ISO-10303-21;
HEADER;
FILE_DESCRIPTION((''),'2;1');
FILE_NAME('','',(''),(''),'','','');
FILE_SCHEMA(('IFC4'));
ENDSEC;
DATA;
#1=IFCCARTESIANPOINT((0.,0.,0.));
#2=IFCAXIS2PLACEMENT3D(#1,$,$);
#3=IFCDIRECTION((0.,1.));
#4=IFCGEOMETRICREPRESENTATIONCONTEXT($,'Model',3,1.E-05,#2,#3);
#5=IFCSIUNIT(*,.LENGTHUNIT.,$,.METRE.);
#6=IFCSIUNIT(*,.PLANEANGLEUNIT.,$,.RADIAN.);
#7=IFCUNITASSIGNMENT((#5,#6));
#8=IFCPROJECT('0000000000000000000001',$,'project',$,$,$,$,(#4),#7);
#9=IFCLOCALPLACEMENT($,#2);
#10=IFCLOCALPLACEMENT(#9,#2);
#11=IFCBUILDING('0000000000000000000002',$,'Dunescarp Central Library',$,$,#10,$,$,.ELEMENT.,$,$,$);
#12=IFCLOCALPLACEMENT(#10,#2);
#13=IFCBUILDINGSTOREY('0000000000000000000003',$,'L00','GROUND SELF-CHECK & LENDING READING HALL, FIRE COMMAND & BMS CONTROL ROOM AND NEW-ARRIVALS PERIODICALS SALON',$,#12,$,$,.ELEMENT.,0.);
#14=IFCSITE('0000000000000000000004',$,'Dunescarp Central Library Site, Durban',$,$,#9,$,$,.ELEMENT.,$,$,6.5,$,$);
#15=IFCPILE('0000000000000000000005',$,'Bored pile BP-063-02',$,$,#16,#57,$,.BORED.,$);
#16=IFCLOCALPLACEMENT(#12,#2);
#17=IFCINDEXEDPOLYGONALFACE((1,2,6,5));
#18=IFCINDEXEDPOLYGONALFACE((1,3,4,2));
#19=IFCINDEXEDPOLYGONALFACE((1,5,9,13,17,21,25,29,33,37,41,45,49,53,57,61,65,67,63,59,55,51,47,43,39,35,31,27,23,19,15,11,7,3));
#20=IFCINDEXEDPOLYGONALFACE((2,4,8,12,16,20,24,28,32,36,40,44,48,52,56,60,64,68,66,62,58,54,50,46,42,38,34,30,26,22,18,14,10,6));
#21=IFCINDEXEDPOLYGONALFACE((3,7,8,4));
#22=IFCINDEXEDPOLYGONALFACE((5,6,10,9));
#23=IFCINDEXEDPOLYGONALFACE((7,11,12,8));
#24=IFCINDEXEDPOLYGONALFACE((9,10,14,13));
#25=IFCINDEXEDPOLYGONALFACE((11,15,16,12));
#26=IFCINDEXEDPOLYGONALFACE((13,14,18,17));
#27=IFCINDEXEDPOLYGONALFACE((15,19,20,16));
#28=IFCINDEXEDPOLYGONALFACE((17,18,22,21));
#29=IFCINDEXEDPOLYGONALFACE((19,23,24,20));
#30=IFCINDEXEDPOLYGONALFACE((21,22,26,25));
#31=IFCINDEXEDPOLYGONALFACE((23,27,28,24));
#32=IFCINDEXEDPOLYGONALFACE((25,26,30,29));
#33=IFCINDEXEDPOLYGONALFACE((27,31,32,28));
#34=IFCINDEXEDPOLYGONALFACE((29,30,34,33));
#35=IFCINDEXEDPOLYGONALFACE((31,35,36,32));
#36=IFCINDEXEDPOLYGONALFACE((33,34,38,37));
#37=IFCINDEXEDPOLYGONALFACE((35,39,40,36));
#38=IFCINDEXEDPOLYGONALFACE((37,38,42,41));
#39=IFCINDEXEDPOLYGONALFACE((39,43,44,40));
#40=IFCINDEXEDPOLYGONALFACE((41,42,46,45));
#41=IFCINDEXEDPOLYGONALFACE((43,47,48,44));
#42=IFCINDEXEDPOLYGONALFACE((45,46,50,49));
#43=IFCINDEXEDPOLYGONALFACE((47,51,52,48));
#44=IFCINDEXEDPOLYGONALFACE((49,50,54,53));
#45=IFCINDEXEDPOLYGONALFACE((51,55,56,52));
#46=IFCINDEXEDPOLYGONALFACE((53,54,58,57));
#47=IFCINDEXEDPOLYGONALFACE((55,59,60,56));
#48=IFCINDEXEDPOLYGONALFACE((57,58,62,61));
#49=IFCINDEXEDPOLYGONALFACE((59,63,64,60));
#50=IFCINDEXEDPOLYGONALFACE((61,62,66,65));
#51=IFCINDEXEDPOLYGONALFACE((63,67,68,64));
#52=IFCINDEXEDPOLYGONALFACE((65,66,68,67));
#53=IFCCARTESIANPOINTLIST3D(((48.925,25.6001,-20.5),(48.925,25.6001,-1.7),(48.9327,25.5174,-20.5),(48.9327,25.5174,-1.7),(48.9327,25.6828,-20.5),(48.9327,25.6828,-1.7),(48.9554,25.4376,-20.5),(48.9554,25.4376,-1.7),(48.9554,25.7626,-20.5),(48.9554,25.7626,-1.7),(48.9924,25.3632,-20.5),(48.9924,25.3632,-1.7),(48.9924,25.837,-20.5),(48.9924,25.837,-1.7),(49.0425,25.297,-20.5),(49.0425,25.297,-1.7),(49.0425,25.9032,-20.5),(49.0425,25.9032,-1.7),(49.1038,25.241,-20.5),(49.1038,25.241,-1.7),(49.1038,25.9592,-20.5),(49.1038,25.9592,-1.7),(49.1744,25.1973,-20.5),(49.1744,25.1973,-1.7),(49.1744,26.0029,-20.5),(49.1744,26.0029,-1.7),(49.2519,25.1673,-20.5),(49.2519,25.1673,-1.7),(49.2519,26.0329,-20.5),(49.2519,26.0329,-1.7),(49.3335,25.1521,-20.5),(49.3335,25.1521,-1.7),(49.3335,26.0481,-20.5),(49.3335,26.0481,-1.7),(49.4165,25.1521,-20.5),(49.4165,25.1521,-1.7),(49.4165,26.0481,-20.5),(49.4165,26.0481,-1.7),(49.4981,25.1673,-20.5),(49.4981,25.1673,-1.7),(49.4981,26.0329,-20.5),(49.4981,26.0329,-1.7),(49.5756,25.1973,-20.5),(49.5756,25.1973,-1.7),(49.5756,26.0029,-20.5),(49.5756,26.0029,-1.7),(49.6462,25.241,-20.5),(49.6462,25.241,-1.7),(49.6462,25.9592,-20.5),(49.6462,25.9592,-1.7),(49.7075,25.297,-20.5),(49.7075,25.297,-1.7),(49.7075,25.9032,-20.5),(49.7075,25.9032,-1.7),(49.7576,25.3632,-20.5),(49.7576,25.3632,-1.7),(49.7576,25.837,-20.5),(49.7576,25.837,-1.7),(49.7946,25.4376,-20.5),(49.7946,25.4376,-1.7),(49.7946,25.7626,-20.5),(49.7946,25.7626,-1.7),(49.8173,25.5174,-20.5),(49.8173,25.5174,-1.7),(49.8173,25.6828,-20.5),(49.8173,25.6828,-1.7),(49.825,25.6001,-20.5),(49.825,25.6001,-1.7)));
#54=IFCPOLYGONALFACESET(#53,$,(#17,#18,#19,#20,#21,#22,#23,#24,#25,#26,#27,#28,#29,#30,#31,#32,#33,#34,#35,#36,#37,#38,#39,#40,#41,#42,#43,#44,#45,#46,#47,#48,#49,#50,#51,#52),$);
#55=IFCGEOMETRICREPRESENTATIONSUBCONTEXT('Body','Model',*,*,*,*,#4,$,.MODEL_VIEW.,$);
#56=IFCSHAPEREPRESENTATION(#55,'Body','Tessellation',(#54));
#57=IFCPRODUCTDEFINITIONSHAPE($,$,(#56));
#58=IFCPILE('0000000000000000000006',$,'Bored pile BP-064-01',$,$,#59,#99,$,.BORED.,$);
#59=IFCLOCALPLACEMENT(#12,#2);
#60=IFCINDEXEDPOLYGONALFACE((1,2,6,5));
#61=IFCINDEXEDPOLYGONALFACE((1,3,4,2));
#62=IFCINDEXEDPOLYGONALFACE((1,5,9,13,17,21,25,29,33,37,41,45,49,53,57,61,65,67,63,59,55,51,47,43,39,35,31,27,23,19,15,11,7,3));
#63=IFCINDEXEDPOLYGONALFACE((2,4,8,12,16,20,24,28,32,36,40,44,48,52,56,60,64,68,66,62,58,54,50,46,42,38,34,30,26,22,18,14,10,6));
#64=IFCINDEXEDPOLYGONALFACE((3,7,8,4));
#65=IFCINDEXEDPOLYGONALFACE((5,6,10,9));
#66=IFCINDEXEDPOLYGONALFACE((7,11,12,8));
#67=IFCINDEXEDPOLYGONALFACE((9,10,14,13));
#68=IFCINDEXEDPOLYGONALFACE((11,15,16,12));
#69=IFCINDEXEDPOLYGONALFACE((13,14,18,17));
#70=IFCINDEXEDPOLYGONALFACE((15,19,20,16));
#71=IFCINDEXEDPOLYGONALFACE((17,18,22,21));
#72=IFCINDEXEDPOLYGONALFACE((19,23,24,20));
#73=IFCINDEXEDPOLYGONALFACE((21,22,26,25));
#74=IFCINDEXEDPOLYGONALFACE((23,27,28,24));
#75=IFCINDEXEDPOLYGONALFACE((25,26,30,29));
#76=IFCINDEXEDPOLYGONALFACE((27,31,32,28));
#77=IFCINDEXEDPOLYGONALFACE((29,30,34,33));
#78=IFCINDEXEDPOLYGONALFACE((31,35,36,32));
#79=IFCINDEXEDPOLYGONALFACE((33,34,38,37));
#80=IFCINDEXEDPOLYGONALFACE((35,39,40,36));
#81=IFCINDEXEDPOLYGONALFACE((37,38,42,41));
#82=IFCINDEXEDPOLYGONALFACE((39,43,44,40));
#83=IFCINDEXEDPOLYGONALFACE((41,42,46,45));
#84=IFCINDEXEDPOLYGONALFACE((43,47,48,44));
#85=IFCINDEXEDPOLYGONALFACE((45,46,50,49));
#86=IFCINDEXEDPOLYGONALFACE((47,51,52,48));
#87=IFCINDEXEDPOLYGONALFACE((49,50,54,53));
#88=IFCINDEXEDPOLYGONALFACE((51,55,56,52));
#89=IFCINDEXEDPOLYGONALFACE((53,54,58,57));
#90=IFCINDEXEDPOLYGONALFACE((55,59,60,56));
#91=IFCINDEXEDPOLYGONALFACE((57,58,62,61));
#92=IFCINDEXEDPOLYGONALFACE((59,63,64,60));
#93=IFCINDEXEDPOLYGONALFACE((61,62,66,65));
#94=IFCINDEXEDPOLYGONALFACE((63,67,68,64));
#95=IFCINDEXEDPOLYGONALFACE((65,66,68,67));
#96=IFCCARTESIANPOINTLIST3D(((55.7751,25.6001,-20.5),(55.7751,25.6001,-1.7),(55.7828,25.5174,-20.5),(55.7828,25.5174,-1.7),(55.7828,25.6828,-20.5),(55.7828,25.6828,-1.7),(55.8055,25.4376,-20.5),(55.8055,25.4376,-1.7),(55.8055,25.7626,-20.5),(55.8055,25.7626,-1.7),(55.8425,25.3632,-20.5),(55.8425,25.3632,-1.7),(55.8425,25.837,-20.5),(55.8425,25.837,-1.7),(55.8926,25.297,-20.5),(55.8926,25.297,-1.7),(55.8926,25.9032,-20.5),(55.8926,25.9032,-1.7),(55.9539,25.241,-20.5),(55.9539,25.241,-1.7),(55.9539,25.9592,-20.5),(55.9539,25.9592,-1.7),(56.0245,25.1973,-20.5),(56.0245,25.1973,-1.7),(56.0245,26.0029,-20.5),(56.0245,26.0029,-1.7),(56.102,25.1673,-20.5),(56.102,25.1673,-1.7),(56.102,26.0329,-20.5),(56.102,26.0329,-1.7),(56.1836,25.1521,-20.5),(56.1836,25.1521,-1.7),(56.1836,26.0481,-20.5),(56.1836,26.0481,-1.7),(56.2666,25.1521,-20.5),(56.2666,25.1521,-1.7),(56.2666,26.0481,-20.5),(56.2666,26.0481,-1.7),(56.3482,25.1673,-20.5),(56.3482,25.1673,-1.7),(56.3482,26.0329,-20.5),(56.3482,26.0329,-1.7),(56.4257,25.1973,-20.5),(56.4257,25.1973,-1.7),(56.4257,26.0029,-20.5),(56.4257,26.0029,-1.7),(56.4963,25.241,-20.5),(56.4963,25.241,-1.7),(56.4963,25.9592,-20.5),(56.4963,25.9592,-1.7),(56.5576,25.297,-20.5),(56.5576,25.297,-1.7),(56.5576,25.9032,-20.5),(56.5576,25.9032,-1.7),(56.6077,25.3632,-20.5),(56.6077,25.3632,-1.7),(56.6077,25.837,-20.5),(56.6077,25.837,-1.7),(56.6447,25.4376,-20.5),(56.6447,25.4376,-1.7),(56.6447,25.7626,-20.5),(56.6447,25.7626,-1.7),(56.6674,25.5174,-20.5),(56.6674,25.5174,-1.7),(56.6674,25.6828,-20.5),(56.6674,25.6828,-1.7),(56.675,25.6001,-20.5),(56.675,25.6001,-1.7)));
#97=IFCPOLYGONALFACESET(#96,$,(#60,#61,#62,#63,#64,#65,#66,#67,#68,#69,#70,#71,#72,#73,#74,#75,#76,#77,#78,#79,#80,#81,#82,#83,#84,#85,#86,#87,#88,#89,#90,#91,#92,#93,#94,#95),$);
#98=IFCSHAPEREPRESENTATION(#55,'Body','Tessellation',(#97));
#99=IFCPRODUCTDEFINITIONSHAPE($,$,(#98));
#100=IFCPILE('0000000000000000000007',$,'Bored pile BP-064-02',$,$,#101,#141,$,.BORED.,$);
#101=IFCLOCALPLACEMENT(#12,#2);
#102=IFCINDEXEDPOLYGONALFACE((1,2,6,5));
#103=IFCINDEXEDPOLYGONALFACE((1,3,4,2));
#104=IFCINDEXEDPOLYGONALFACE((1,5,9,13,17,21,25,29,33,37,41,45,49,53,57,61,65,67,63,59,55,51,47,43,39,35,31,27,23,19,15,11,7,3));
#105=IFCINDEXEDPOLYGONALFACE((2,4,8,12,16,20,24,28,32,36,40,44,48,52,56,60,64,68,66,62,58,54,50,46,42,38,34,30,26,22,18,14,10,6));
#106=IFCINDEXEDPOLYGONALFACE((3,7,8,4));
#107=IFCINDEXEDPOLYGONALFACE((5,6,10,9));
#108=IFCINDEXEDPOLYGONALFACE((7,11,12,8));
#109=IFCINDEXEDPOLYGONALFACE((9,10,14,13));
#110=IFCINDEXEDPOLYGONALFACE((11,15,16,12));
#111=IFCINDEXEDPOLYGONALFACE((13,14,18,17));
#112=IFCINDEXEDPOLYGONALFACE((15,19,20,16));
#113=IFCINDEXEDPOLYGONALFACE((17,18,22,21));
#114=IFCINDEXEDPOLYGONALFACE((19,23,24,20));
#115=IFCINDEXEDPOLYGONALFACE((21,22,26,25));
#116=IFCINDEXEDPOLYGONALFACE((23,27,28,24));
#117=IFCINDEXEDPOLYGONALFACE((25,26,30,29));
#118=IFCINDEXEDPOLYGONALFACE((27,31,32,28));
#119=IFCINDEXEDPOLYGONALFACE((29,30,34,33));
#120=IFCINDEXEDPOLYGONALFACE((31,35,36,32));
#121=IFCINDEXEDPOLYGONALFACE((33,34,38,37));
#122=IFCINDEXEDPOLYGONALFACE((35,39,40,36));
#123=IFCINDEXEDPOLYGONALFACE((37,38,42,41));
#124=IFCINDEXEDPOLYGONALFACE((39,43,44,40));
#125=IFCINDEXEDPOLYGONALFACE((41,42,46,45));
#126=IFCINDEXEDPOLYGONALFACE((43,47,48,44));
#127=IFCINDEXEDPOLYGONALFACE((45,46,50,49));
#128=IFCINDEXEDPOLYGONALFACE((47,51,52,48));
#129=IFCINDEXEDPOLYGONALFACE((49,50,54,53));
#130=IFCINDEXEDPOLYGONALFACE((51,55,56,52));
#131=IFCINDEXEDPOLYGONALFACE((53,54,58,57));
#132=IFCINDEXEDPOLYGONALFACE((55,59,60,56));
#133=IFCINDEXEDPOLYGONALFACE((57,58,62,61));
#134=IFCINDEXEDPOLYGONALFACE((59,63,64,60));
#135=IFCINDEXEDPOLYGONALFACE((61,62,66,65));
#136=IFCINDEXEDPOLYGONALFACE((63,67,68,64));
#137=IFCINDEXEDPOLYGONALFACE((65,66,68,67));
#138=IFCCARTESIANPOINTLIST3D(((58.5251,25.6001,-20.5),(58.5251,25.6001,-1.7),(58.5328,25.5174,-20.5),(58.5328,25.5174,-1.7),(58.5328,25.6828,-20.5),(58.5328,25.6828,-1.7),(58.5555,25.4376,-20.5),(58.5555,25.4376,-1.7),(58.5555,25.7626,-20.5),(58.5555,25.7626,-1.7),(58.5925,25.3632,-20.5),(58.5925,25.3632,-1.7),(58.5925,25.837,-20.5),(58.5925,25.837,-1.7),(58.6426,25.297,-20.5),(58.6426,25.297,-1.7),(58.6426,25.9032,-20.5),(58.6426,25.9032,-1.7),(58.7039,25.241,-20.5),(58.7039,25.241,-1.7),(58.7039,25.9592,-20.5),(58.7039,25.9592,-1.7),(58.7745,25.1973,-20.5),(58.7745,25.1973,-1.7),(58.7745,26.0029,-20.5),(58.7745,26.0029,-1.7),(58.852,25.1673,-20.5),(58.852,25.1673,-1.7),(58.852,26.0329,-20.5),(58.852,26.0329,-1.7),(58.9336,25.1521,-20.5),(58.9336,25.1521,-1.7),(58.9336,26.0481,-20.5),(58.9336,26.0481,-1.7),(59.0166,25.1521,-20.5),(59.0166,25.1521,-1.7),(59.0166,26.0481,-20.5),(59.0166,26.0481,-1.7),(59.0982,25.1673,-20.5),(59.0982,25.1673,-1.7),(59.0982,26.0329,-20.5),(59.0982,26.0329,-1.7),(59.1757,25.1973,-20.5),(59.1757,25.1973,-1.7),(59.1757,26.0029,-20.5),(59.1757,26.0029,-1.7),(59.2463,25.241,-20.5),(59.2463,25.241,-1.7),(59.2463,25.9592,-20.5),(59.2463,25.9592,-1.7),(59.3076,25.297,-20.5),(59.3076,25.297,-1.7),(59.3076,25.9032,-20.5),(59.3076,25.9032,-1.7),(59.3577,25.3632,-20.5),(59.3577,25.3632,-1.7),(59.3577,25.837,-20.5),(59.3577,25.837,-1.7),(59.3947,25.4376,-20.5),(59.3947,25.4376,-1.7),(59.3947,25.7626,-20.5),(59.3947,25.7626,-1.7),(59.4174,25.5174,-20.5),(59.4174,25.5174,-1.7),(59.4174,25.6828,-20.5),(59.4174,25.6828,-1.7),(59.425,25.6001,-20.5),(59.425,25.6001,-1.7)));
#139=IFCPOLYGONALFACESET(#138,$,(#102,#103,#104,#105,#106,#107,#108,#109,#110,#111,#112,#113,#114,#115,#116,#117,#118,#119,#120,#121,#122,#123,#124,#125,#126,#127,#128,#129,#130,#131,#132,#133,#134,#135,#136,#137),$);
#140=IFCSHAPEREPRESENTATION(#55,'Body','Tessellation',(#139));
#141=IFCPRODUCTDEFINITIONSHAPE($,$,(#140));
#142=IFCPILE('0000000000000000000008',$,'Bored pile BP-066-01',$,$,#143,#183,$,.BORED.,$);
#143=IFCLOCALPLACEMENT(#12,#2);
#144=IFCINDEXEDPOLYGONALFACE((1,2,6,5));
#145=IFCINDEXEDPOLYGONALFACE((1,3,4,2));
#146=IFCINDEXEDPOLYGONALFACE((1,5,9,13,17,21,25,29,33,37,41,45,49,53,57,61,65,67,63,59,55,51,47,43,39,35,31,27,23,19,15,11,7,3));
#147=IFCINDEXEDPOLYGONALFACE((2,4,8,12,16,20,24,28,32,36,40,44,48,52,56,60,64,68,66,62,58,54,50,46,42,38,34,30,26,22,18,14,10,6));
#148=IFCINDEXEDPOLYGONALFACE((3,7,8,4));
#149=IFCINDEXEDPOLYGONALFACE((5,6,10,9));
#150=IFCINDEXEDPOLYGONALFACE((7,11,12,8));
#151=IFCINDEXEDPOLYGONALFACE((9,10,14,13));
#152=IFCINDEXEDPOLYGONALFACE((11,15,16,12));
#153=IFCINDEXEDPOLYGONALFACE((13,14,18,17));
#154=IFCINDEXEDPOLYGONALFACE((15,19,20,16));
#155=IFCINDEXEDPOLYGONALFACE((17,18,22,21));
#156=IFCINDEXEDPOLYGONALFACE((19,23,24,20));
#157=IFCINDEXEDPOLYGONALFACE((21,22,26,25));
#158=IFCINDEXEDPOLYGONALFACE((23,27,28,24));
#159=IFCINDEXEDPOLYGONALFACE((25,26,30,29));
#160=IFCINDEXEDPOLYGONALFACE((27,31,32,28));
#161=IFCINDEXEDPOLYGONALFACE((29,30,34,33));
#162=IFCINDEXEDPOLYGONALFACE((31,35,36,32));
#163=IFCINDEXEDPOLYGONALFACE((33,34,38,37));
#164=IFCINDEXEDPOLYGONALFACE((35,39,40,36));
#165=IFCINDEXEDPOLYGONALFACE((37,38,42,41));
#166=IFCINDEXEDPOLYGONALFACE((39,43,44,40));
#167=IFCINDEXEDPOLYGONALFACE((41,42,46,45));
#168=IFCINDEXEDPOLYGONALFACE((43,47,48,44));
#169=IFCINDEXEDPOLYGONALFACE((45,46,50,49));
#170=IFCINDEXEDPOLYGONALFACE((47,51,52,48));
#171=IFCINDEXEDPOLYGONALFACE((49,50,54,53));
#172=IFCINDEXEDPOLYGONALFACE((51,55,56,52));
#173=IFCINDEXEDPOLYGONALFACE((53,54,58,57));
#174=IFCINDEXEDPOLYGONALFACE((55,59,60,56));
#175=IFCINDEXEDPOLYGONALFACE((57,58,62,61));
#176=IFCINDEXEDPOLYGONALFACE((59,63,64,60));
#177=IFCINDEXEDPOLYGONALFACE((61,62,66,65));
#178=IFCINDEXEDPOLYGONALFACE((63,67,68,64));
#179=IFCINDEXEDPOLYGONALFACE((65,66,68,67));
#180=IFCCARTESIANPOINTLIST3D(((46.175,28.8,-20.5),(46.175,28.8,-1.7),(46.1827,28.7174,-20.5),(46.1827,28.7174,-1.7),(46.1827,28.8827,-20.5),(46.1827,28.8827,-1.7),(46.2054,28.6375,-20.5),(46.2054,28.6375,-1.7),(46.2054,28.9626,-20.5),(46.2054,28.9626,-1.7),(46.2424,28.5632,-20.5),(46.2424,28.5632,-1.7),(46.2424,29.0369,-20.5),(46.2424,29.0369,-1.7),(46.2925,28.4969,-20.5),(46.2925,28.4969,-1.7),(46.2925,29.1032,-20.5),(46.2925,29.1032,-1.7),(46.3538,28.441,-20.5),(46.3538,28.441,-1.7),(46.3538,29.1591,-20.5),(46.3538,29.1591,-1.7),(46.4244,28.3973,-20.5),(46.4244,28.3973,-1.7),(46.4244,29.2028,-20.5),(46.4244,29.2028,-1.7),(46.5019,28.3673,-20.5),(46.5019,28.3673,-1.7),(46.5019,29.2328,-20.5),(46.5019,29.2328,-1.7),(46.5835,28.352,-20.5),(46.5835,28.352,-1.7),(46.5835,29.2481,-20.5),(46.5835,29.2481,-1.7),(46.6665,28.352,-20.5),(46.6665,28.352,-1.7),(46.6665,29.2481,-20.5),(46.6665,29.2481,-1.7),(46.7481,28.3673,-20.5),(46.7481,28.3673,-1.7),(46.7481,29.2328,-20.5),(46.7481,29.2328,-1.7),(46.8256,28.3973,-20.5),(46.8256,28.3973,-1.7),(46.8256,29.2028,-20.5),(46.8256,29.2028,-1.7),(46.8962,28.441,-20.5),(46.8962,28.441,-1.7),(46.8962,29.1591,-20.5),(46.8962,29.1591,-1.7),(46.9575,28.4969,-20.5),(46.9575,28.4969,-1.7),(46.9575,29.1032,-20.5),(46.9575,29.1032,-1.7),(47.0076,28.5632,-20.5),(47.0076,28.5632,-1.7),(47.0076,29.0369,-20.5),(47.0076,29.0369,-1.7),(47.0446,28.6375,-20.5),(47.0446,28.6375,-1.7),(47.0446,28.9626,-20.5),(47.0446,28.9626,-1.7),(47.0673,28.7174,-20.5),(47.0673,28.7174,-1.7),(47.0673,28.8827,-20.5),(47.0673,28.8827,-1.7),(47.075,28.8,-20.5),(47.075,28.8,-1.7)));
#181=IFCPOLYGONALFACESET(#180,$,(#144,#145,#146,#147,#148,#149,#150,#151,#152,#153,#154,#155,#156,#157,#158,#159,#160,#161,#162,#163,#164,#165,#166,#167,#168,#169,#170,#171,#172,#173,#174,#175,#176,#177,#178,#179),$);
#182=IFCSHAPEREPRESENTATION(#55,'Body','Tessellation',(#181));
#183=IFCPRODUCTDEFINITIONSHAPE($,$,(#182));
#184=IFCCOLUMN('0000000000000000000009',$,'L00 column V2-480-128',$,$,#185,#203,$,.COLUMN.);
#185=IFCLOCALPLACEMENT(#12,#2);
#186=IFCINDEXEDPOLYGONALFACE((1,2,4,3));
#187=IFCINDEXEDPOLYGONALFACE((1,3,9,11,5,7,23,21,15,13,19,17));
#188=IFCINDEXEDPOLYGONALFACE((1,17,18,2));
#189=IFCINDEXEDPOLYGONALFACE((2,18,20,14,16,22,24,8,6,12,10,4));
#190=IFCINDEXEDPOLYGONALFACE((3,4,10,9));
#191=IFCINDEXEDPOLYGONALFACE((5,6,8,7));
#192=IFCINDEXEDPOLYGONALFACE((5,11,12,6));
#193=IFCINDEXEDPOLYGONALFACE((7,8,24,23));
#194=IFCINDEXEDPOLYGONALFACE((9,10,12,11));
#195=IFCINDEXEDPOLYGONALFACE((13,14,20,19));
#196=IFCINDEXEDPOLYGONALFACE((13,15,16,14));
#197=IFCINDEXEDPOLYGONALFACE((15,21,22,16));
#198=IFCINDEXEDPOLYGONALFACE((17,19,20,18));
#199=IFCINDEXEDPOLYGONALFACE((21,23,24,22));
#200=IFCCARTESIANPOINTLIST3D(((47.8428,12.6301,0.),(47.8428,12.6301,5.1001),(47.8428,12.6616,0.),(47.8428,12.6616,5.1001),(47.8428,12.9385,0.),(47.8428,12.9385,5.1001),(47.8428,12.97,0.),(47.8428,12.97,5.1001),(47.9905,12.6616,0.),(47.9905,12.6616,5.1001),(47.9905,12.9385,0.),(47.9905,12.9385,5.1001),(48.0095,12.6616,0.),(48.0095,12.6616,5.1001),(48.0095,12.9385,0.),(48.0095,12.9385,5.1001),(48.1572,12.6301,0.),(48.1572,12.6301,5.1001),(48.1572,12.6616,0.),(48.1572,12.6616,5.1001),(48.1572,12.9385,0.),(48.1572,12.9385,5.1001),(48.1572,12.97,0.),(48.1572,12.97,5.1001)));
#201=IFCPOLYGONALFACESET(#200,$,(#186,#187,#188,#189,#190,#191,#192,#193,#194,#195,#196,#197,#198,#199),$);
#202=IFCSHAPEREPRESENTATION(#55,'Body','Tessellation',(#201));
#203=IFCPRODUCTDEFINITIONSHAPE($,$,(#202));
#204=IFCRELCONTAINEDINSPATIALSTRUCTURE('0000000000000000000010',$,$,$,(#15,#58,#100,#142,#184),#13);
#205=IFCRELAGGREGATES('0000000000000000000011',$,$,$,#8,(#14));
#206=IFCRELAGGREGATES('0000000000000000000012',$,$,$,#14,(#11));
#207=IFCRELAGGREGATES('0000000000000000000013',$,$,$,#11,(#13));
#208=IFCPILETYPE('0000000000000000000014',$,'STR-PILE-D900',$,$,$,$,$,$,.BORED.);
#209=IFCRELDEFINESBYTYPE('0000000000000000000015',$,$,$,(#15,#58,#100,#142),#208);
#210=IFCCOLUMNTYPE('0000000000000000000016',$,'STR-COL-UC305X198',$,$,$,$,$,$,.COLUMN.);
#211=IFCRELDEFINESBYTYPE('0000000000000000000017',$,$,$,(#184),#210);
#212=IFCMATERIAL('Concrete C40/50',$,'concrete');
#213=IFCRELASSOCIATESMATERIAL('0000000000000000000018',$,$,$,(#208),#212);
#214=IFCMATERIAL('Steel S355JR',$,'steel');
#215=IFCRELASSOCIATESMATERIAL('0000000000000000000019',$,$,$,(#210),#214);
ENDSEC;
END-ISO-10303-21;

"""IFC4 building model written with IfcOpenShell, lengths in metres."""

from ifc_helpers import new_model, si_unit, direction, frame, origin, origin_2d, place, context, subcontext, project, spatial, circle, i_section, extrude, material, material_profile, profile_set, type_object, element, save


model = new_model("IFC4")

# Units and contexts
model_context = context("Model", 3, precision=1e-05, world=origin(), true_north=direction((0.0, 1.0)))
body_context = subcontext(model_context, "Body", "Model", "MODEL_VIEW")
ifc_project = project(units=[si_unit("LENGTHUNIT", "METRE"), si_unit("PLANEANGLEUNIT", "RADIAN")], contexts=[model_context])

# Site, building, storey
site_placement = place(None, origin())
site = spatial("IfcSite", under=ifc_project, at=site_placement, Name="Dunescarp Central Library Site, Durban", CompositionType="ELEMENT", RefElevation=6.5)
building_placement = place(site_placement, origin())
building = spatial("IfcBuilding", under=site, at=building_placement, Name="Dunescarp Central Library", CompositionType="ELEMENT")
storey_placement = place(building_placement, origin())
storey = spatial("IfcBuildingStorey", under=building, at=storey_placement, Name="L00", Description="GROUND SELF-CHECK & LENDING READING HALL, FIRE COMMAND & BMS CONTROL ROOM AND NEW-ARRIVALS PERIODICALS SALON", CompositionType="ELEMENT", Elevation=0.0)

# Shared definitions
ifc_material_1 = material(Name="Concrete C40/50", Category="concrete")

# Piles
ifc_material_profile_1 = material_profile(ifc_material_1, circle(Radius=0.45, at=origin_2d()), Name="PILE D900")
ifc_profile_set_1 = profile_set([ifc_material_profile_1], Name="Concrete C40/50")
pile_type = type_object("IfcPileType", Name="STR-PILE-D900", PredefinedType="BORED", material=ifc_profile_set_1)
for number, where, z_axis, x_axis, name in (
    (1, (49.375, 25.6001, -1.7), (0.0, 0.0, -1.0), (1.0, 0.0, 0.0), "Bored pile BP-063-02"),
    (2, (56.2251, 25.6001, -1.7), (0.0, 0.0, -1.0), (1.0, 0.0, 0.0), "Bored pile BP-064-01"),
    (3, (58.9751, 25.6001, -1.7), (0.0, 0.0, -1.0), (1.0, 0.0, 0.0), "Bored pile BP-064-02"),
    (4, (46.625, 28.8, -1.7), (0.0, 0.0, -1.0), (1.0, 0.0, 0.0), "Bored pile BP-066-01"),
):
    element("IfcPile", number, at=place(storey_placement, frame(where, z_axis=z_axis, x_axis=x_axis)), inside=storey, type_object=pile_type, Name=name, PredefinedType="BORED", context=body_context, shape_type="SweptSolid", body=[
        extrude(circle(Radius=0.45, at=origin_2d()), origin(), (0.0, 0.0, 1.0), 18.8),
    ])

# Column
ifc_material_2 = material(Name="Steel S355JR", Category="steel")
ifc_material_profile_2 = material_profile(ifc_material_2, i_section(OverallWidth=0.3145, OverallDepth=0.3398, WebThickness=0.019, FlangeThickness=0.0315, at=origin_2d()), Name="UC 305x305x198")
ifc_profile_set_2 = profile_set([ifc_material_profile_2], Name="Steel S355JR")
column_type = type_object("IfcColumnType", Name="STR-COL-UC305X198", PredefinedType="COLUMN", material=ifc_profile_set_2)
for number, where, z_axis, x_axis, name in (
    (5, (48.0, 12.8, 0.0), (0.0, 0.0, 1.0), (1.0, 0.0, 0.0), "L00 column V2-480-128"),
):
    element("IfcColumn", number, at=place(storey_placement, frame(where, z_axis=z_axis, x_axis=x_axis)), inside=storey, type_object=column_type, Name=name, PredefinedType="COLUMN", context=body_context, shape_type="SweptSolid", body=[
        extrude(i_section(OverallWidth=0.3145, OverallDepth=0.3398, WebThickness=0.019, FlangeThickness=0.0315, at=origin_2d()), origin(), (0.0, 0.0, 1.0), 5.1001),
    ])

save(model, "model.ifc")
